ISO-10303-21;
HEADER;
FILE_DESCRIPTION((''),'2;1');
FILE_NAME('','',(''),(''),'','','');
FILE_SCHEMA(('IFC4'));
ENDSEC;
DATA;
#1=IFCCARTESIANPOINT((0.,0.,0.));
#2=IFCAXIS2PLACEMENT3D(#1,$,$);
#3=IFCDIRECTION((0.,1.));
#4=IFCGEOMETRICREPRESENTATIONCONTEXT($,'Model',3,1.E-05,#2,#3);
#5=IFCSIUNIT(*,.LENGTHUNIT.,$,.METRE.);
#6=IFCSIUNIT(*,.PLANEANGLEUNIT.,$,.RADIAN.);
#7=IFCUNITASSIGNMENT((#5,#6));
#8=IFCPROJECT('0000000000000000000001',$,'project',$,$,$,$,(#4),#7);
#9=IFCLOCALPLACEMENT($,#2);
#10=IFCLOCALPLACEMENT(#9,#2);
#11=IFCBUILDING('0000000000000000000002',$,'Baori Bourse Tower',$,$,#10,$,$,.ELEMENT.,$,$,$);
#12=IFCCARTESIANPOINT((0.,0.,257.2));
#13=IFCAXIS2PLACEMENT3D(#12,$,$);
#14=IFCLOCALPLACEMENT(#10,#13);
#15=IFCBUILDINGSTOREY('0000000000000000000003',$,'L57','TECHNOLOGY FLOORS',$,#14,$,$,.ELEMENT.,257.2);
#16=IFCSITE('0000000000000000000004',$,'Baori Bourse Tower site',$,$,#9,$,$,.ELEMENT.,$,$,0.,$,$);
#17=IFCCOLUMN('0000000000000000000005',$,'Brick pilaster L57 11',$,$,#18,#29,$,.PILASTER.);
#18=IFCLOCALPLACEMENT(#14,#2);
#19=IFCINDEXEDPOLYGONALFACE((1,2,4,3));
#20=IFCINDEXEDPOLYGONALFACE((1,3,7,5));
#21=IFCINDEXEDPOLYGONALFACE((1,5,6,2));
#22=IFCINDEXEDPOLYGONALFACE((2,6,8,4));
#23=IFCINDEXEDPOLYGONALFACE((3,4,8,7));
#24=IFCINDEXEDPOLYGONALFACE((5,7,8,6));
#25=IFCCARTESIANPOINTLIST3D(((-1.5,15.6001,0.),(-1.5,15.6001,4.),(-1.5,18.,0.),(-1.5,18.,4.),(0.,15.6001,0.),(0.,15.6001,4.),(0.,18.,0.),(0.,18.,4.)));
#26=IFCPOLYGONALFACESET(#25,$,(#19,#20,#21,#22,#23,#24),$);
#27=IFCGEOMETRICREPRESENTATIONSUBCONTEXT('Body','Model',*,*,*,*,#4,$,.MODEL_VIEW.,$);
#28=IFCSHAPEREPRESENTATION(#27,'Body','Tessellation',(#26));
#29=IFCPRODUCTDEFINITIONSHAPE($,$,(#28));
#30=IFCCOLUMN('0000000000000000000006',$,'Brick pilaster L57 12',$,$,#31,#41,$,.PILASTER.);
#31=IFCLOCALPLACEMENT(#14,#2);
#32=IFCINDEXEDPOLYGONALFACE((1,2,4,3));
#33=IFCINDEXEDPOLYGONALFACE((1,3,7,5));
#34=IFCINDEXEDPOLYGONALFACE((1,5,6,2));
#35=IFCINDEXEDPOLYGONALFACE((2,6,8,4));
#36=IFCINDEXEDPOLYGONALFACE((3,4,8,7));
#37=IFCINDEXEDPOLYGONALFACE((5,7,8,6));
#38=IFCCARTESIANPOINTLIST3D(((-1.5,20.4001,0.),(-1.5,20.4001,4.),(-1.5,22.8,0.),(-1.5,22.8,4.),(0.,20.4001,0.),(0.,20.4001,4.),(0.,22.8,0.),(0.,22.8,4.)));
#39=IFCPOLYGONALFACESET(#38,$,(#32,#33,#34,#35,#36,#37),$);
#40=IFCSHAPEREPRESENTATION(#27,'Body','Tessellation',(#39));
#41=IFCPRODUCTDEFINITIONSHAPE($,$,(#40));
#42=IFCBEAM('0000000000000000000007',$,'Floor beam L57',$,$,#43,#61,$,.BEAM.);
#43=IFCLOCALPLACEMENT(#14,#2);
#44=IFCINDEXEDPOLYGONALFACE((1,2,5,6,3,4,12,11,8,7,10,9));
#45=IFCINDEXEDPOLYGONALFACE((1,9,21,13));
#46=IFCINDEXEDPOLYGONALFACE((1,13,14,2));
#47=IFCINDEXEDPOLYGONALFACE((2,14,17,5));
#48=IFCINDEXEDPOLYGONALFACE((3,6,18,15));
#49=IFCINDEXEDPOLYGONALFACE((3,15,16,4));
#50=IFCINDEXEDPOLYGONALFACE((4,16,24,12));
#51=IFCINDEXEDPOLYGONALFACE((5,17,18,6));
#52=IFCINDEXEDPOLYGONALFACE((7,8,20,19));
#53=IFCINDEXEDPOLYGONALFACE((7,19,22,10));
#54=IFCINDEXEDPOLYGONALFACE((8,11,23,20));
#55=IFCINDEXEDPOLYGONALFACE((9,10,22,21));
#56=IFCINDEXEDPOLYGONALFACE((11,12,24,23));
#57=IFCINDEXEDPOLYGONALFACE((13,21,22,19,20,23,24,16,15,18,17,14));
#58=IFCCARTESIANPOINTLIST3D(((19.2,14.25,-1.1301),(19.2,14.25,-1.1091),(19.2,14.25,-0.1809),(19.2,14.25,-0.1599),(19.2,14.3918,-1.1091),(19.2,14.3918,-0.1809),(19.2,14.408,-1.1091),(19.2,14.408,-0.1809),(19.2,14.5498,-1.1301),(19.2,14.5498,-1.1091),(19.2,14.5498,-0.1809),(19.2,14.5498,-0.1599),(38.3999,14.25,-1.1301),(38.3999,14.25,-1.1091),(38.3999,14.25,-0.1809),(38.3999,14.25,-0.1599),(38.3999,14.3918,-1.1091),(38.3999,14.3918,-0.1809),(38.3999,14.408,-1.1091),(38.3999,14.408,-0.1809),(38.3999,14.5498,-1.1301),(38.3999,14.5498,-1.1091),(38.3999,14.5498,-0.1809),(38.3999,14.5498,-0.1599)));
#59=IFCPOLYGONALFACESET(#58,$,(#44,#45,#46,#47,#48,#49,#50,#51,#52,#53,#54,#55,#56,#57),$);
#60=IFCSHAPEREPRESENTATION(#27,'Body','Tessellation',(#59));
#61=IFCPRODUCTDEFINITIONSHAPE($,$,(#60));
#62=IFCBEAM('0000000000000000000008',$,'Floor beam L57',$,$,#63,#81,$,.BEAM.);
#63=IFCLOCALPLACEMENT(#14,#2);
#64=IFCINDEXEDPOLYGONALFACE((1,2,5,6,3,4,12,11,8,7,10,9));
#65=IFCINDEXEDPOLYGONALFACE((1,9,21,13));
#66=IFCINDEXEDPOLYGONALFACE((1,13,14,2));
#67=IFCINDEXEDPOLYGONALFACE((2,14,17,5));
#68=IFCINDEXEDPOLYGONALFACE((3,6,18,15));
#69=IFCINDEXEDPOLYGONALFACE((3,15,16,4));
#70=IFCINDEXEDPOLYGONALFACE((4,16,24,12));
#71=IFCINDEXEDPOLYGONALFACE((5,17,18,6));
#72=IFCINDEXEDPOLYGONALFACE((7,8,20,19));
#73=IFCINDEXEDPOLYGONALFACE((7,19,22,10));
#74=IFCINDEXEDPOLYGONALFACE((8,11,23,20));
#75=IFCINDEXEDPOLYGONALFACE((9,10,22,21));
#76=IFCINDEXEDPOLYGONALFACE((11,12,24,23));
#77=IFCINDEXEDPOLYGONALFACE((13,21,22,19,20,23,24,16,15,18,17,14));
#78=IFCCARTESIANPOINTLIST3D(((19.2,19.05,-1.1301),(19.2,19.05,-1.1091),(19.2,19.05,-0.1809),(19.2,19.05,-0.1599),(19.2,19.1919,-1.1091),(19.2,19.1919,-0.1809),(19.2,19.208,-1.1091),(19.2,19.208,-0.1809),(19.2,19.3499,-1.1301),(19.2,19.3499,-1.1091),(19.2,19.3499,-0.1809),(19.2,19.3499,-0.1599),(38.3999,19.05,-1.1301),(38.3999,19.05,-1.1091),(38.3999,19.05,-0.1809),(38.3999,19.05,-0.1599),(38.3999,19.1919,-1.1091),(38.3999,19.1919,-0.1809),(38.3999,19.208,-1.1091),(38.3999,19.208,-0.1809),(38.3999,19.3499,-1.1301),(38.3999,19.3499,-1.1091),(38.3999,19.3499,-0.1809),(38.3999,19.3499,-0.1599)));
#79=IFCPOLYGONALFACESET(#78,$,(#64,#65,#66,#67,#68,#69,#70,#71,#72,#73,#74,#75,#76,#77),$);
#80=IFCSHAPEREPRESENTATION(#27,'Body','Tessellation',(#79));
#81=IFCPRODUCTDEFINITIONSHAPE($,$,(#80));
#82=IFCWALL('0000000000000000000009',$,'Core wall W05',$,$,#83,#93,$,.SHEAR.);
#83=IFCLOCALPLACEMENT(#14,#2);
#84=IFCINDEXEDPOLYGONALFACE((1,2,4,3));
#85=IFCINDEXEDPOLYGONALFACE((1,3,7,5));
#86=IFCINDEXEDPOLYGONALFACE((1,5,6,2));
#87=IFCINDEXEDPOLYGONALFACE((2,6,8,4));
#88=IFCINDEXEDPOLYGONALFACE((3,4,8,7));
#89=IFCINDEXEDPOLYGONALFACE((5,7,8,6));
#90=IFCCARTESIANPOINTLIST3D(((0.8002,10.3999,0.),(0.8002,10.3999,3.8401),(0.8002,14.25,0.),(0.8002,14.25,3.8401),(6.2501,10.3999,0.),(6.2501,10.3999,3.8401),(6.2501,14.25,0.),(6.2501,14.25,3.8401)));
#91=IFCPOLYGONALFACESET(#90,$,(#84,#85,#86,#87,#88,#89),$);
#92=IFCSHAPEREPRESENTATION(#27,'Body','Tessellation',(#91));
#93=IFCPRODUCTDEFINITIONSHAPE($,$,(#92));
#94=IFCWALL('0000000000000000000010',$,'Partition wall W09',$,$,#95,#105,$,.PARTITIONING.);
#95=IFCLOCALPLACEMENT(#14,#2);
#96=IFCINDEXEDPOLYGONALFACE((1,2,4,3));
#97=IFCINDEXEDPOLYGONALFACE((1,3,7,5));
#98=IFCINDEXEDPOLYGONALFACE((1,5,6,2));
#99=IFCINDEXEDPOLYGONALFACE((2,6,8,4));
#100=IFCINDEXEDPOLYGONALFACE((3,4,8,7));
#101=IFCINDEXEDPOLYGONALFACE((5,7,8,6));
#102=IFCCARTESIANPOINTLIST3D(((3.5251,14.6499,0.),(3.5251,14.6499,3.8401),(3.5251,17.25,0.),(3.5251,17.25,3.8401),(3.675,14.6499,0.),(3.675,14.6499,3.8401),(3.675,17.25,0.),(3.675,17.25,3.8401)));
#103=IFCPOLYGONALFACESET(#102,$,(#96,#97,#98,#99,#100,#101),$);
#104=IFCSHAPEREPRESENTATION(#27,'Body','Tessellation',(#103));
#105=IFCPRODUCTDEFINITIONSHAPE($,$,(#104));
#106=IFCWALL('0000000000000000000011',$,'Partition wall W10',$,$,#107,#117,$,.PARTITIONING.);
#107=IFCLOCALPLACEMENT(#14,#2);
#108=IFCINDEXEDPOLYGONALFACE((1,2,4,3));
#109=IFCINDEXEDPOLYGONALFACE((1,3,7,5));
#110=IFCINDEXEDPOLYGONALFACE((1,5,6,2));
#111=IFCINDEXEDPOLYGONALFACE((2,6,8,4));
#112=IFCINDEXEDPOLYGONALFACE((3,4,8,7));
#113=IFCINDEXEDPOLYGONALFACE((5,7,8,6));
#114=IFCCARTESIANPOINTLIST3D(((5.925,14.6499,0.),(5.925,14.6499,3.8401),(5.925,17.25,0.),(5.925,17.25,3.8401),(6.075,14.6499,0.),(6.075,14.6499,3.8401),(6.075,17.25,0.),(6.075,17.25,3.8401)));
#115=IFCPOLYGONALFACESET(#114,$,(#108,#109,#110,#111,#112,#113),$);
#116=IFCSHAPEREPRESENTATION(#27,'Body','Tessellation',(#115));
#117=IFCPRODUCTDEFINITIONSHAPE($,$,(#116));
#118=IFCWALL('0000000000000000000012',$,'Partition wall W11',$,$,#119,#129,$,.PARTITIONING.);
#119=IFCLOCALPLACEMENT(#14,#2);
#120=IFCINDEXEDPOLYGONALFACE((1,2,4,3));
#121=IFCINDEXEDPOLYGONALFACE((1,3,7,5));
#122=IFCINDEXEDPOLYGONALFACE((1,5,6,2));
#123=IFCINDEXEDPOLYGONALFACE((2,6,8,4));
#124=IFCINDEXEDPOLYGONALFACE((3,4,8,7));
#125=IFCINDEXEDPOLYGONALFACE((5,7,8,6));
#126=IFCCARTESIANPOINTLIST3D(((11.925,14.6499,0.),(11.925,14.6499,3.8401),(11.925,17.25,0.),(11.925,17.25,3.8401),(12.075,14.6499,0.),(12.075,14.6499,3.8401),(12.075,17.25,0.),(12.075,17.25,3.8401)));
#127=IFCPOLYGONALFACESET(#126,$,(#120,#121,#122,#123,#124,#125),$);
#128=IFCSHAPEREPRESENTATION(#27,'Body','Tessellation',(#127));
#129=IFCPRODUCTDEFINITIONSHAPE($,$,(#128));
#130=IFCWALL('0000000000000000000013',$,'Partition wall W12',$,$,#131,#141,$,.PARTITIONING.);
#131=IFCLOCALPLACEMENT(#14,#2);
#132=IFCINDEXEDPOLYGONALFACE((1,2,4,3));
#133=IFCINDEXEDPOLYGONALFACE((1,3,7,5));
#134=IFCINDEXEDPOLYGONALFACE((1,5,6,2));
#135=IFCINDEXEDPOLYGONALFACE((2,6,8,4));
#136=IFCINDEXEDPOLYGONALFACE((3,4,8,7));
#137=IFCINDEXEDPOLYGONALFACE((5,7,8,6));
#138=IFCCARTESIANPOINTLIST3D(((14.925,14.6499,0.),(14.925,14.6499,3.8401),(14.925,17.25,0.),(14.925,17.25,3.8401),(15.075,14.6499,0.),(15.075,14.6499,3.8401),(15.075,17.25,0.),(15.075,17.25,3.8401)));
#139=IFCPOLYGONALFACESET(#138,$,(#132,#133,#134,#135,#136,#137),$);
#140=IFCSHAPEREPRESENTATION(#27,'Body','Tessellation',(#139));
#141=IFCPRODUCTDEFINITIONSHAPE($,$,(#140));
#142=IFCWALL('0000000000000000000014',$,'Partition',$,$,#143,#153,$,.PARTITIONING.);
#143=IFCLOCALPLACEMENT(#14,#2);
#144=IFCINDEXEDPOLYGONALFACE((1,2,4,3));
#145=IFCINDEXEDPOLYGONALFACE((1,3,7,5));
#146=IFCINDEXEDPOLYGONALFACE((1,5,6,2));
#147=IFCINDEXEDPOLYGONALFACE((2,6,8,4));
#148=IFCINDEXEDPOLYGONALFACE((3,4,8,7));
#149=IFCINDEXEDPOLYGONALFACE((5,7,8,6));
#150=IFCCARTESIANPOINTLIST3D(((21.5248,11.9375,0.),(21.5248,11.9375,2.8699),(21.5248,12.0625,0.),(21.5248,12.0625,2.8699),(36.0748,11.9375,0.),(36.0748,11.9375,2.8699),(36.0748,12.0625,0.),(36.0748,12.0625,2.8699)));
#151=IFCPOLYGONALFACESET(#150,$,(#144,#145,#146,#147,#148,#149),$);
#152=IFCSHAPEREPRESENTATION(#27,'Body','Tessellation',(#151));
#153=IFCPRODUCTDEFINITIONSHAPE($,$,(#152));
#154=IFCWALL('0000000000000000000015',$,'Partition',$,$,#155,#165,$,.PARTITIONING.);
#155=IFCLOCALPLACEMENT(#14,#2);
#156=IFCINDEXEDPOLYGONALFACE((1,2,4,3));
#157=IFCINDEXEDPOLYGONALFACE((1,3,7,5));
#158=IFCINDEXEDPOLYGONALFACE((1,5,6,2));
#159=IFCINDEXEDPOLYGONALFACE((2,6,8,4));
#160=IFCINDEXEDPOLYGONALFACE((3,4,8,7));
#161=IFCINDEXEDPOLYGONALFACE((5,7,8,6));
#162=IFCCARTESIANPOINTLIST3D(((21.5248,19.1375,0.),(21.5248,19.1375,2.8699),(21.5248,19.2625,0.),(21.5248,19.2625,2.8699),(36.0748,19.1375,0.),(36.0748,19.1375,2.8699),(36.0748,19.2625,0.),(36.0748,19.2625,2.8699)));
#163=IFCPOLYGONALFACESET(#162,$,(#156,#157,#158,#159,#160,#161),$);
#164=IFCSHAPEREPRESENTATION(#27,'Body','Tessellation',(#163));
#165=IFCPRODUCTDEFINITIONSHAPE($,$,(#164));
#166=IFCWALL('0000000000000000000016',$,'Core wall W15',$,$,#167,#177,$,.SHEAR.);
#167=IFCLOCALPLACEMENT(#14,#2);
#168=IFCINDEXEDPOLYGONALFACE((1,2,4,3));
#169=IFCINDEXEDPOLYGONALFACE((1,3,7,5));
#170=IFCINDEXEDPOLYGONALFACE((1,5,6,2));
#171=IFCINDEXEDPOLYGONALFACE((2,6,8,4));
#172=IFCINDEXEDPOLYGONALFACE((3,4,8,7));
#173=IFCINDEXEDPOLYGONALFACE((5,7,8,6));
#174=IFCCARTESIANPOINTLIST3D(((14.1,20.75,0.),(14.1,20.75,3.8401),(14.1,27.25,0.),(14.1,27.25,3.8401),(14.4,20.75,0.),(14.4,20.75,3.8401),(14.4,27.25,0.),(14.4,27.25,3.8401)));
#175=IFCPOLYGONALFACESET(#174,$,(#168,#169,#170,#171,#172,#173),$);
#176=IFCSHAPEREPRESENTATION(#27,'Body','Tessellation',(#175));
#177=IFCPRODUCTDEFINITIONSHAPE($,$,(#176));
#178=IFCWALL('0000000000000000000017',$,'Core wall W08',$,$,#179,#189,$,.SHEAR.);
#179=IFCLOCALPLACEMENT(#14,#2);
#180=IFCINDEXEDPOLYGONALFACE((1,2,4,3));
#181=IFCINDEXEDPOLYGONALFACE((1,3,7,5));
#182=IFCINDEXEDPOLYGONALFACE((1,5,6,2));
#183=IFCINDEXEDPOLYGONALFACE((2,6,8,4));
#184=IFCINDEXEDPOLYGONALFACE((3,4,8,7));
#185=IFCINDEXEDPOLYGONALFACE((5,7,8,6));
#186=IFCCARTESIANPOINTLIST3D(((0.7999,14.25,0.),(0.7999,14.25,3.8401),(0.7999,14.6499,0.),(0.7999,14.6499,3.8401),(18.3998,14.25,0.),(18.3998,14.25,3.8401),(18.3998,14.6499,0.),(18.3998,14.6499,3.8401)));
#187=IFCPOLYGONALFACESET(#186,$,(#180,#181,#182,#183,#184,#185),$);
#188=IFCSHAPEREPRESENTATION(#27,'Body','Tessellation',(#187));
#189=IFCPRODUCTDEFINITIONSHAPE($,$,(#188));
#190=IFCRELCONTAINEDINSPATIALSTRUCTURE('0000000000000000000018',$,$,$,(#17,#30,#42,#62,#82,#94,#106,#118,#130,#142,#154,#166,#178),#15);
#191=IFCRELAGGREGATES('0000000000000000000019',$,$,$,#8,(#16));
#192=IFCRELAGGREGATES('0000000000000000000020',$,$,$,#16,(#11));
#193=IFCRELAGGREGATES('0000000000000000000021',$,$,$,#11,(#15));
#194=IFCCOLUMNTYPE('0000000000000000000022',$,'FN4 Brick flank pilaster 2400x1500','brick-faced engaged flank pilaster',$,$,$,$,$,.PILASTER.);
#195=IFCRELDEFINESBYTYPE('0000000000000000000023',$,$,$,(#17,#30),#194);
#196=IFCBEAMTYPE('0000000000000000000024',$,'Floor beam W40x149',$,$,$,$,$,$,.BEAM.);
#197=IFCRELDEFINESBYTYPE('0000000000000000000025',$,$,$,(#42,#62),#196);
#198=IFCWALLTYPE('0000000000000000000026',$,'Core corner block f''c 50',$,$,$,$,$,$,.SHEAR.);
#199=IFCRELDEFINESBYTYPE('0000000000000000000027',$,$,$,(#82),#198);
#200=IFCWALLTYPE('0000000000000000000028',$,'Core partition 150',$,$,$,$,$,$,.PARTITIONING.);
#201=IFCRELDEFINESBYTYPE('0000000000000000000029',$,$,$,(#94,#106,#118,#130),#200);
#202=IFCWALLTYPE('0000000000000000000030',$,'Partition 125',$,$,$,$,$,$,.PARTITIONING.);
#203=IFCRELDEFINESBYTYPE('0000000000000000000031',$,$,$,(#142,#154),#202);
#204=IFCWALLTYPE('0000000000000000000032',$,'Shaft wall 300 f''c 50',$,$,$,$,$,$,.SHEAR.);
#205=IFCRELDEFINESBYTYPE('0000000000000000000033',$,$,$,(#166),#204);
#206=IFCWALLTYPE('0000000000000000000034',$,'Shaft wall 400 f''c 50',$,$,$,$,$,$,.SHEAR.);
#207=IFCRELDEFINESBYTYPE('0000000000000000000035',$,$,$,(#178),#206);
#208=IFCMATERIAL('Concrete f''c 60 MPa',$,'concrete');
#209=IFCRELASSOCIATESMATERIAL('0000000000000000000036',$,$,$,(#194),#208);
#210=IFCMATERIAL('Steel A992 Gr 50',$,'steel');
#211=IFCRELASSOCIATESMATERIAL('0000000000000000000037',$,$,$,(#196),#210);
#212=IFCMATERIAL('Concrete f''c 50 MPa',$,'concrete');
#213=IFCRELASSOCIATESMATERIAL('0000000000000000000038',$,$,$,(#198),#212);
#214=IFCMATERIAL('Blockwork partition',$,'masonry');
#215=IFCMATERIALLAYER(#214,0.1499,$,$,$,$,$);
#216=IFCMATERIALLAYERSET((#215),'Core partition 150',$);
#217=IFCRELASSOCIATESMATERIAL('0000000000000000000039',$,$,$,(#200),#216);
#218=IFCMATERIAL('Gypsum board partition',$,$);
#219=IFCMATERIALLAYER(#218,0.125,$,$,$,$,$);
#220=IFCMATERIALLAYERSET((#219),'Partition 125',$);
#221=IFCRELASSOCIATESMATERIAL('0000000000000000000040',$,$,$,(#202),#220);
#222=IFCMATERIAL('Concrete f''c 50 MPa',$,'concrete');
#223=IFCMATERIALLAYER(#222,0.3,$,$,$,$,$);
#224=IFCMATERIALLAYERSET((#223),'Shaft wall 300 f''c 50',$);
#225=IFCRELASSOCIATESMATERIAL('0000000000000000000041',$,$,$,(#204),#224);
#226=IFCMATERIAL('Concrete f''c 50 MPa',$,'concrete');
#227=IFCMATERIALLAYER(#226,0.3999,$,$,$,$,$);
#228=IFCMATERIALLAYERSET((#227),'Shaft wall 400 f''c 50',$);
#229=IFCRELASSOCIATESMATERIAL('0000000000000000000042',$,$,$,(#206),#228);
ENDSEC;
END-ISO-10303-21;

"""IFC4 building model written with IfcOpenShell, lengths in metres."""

from ifc_helpers import new_model, si_unit, direction, frame, frame_2d, origin, origin_2d, place, context, subcontext, project, spatial, rectangle, i_section, extrude, material, layer, layer_set, material_profile, profile_set, type_object, element, save


model = new_model("IFC4")

# Units and contexts
model_context = context("Model", 3, precision=1e-05, world=origin(), true_north=direction((0.0, 1.0)))
body_context = subcontext(model_context, "Body", "Model", "MODEL_VIEW")
ifc_project = project(units=[si_unit("LENGTHUNIT", "METRE"), si_unit("PLANEANGLEUNIT", "RADIAN")], contexts=[model_context])

# Site, building, storey
site_placement = place(None, origin())
site = spatial("IfcSite", under=ifc_project, at=site_placement, Name="Baori Bourse Tower site", CompositionType="ELEMENT", RefElevation=0.0)
building_placement = place(site_placement, origin())
building = spatial("IfcBuilding", under=site, at=building_placement, Name="Baori Bourse Tower", CompositionType="ELEMENT")
storey_placement = place(building_placement, frame((0.0, 0.0, 257.2)))
storey = spatial("IfcBuildingStorey", under=building, at=storey_placement, Name="L57", Description="TECHNOLOGY FLOORS", CompositionType="ELEMENT", Elevation=257.2)

# Columns
ifc_material_1 = material(Name="Concrete f'c 60 MPa", Category="concrete")
ifc_material_profile_1 = material_profile(ifc_material_1, rectangle(XDim=2.3999, YDim=1.5, at=origin_2d()), Name="RC 2400x1500")
ifc_profile_set_1 = profile_set([ifc_material_profile_1], Name="Concrete f'c 60 MPa")
column_type = type_object("IfcColumnType", Name="FN4 Brick flank pilaster 2400x1500", Description="brick-faced engaged flank pilaster", PredefinedType="PILASTER", material=ifc_profile_set_1)
for number, where, z_axis, x_axis, name in (
    (1, (-0.75, 16.8, 0.0), (0.0, 0.0, 1.0), (0.0, 1.0, 0.0), "Brick pilaster L57 11"),
    (2, (-0.75, 21.6001, 0.0), (0.0, 0.0, 1.0), (0.0, 1.0, 0.0), "Brick pilaster L57 12"),
):
    element("IfcColumn", number, at=place(storey_placement, frame(where, z_axis=z_axis, x_axis=x_axis)), inside=storey, type_object=column_type, Name=name, PredefinedType="PILASTER", context=body_context, shape_type="SweptSolid", body=[
        extrude(rectangle(XDim=2.3999, YDim=1.5, at=origin_2d()), origin(), (0.0, 0.0, 1.0), 4.0),
    ])

# Beams
ifc_material_2 = material(Name="Steel A992 Gr 50", Category="steel")
ifc_material_profile_2 = material_profile(ifc_material_2, i_section(OverallWidth=0.2998, OverallDepth=0.9702, WebThickness=0.0161, FlangeThickness=0.021, at=origin_2d()), Name="W40x149")
ifc_profile_set_2 = profile_set([ifc_material_profile_2], Name="Steel A992 Gr 50")
beam_type = type_object("IfcBeamType", Name="Floor beam W40x149", PredefinedType="BEAM", material=ifc_profile_set_2)
for number, where, z_axis, x_axis, name in (
    (3, (19.2, 14.3999, -0.645), (1.0, 0.0, 0.0), (0.0, 1.0, 0.0), "Floor beam L57"),
    (4, (19.2, 19.2, -0.645), (1.0, 0.0, 0.0), (0.0, 1.0, 0.0), "Floor beam L57"),
):
    element("IfcBeam", number, at=place(storey_placement, frame(where, z_axis=z_axis, x_axis=x_axis)), inside=storey, type_object=beam_type, Name=name, PredefinedType="BEAM", context=body_context, shape_type="SweptSolid", body=[
        extrude(i_section(OverallWidth=0.2998, OverallDepth=0.9702, WebThickness=0.0161, FlangeThickness=0.021, at=origin_2d()), origin(), (0.0, 0.0, 1.0), 19.2),
    ])

# Walls
ifc_material_3 = material(Name="Concrete f'c 50 MPa", Category="concrete")
wall_type_1 = type_object("IfcWallType", Name="Core corner block f'c 50", PredefinedType="SHEAR", material=ifc_material_3)
wall_1_placement = place(storey_placement, frame((0.8, 12.325, 0.0), z_axis=(0.0, 0.0, 1.0), x_axis=(1.0, 0.0, 0.0)))
element("IfcWall", 5, at=wall_1_placement, inside=storey, type_object=wall_type_1, Name="Core wall W05", PredefinedType="SHEAR", context=body_context, shape_type="SweptSolid", body=[
    extrude(rectangle(XDim=5.45, YDim=3.8501, at=frame_2d((2.7251, 0.0))), origin(), (0.0, 0.0, 1.0), 3.8401),
])
ifc_material_4 = material(Name="Blockwork partition", Category="masonry")
ifc_layer_1 = layer(ifc_material_4, 0.1499)
ifc_layer_set_1 = layer_set([ifc_layer_1], Name="Core partition 150")
wall_type_2 = type_object("IfcWallType", Name="Core partition 150", PredefinedType="PARTITIONING", material=ifc_layer_set_1)
for number, where, z_axis, x_axis, name in (
    (6, (3.6001, 14.6499, 0.0), (0.0, 0.0, 1.0), (0.0, 1.0, 0.0), "Partition wall W09"),
    (7, (6.0, 14.6499, 0.0), (0.0, 0.0, 1.0), (0.0, 1.0, 0.0), "Partition wall W10"),
    (8, (12.0, 14.6499, 0.0), (0.0, 0.0, 1.0), (0.0, 1.0, 0.0), "Partition wall W11"),
    (9, (15.0, 14.6499, 0.0), (0.0, 0.0, 1.0), (0.0, 1.0, 0.0), "Partition wall W12"),
):
    element("IfcWall", number, at=place(storey_placement, frame(where, z_axis=z_axis, x_axis=x_axis)), inside=storey, type_object=wall_type_2, Name=name, PredefinedType="PARTITIONING", context=body_context, shape_type="SweptSolid", body=[
        extrude(rectangle(XDim=2.6001, YDim=0.1499, at=frame_2d((1.3, 0.0))), origin(), (0.0, 0.0, 1.0), 3.8401),
    ])
ifc_material_5 = material(Name="Gypsum board partition")
ifc_layer_2 = layer(ifc_material_5, 0.125)
ifc_layer_set_2 = layer_set([ifc_layer_2], Name="Partition 125")
wall_type_3 = type_object("IfcWallType", Name="Partition 125", PredefinedType="PARTITIONING", material=ifc_layer_set_2)
for number, where, z_axis, x_axis, name in (
    (10, (21.5249, 12.0, 0.0), (0.0, 0.0, 1.0), (1.0, 0.0, 0.0), "Partition"),
    (11, (21.5249, 19.2, 0.0), (0.0, 0.0, 1.0), (1.0, 0.0, 0.0), "Partition"),
):
    element("IfcWall", number, at=place(storey_placement, frame(where, z_axis=z_axis, x_axis=x_axis)), inside=storey, type_object=wall_type_3, Name=name, PredefinedType="PARTITIONING", context=body_context, shape_type="SweptSolid", body=[
        extrude(rectangle(XDim=14.55, YDim=0.125, at=frame_2d((7.2749, 0.0))), origin(), (0.0, 0.0, 1.0), 2.8699),
    ])
ifc_material_6 = material(Name="Concrete f'c 50 MPa", Category="concrete")
ifc_layer_3 = layer(ifc_material_6, 0.3)
ifc_layer_set_3 = layer_set([ifc_layer_3], Name="Shaft wall 300 f'c 50")
wall_type_4 = type_object("IfcWallType", Name="Shaft wall 300 f'c 50", PredefinedType="SHEAR", material=ifc_layer_set_3)
wall_2_placement = place(storey_placement, frame((14.25, 20.75, 0.0), z_axis=(0.0, 0.0, 1.0), x_axis=(0.0, 1.0, 0.0)))
element("IfcWall", 12, at=wall_2_placement, inside=storey, type_object=wall_type_4, Name="Core wall W15", PredefinedType="SHEAR", context=body_context, shape_type="SweptSolid", body=[
    extrude(rectangle(XDim=6.5, YDim=0.3, at=frame_2d((3.25, 0.0))), origin(), (0.0, 0.0, 1.0), 3.8401),
])
ifc_material_7 = material(Name="Concrete f'c 50 MPa", Category="concrete")
ifc_layer_4 = layer(ifc_material_7, 0.3999)
ifc_layer_set_4 = layer_set([ifc_layer_4], Name="Shaft wall 400 f'c 50")
wall_type_5 = type_object("IfcWallType", Name="Shaft wall 400 f'c 50", PredefinedType="SHEAR", material=ifc_layer_set_4)
wall_3_placement = place(storey_placement, frame((0.8, 14.45, 0.0), z_axis=(0.0, 0.0, 1.0), x_axis=(1.0, 0.0, 0.0)))
element("IfcWall", 13, at=wall_3_placement, inside=storey, type_object=wall_type_5, Name="Core wall W08", PredefinedType="SHEAR", context=body_context, shape_type="SweptSolid", body=[
    extrude(rectangle(XDim=17.5999, YDim=0.3999, at=frame_2d((8.7998, 0.0))), origin(), (0.0, 0.0, 1.0), 3.8401),
])

save(model, "model.ifc")
